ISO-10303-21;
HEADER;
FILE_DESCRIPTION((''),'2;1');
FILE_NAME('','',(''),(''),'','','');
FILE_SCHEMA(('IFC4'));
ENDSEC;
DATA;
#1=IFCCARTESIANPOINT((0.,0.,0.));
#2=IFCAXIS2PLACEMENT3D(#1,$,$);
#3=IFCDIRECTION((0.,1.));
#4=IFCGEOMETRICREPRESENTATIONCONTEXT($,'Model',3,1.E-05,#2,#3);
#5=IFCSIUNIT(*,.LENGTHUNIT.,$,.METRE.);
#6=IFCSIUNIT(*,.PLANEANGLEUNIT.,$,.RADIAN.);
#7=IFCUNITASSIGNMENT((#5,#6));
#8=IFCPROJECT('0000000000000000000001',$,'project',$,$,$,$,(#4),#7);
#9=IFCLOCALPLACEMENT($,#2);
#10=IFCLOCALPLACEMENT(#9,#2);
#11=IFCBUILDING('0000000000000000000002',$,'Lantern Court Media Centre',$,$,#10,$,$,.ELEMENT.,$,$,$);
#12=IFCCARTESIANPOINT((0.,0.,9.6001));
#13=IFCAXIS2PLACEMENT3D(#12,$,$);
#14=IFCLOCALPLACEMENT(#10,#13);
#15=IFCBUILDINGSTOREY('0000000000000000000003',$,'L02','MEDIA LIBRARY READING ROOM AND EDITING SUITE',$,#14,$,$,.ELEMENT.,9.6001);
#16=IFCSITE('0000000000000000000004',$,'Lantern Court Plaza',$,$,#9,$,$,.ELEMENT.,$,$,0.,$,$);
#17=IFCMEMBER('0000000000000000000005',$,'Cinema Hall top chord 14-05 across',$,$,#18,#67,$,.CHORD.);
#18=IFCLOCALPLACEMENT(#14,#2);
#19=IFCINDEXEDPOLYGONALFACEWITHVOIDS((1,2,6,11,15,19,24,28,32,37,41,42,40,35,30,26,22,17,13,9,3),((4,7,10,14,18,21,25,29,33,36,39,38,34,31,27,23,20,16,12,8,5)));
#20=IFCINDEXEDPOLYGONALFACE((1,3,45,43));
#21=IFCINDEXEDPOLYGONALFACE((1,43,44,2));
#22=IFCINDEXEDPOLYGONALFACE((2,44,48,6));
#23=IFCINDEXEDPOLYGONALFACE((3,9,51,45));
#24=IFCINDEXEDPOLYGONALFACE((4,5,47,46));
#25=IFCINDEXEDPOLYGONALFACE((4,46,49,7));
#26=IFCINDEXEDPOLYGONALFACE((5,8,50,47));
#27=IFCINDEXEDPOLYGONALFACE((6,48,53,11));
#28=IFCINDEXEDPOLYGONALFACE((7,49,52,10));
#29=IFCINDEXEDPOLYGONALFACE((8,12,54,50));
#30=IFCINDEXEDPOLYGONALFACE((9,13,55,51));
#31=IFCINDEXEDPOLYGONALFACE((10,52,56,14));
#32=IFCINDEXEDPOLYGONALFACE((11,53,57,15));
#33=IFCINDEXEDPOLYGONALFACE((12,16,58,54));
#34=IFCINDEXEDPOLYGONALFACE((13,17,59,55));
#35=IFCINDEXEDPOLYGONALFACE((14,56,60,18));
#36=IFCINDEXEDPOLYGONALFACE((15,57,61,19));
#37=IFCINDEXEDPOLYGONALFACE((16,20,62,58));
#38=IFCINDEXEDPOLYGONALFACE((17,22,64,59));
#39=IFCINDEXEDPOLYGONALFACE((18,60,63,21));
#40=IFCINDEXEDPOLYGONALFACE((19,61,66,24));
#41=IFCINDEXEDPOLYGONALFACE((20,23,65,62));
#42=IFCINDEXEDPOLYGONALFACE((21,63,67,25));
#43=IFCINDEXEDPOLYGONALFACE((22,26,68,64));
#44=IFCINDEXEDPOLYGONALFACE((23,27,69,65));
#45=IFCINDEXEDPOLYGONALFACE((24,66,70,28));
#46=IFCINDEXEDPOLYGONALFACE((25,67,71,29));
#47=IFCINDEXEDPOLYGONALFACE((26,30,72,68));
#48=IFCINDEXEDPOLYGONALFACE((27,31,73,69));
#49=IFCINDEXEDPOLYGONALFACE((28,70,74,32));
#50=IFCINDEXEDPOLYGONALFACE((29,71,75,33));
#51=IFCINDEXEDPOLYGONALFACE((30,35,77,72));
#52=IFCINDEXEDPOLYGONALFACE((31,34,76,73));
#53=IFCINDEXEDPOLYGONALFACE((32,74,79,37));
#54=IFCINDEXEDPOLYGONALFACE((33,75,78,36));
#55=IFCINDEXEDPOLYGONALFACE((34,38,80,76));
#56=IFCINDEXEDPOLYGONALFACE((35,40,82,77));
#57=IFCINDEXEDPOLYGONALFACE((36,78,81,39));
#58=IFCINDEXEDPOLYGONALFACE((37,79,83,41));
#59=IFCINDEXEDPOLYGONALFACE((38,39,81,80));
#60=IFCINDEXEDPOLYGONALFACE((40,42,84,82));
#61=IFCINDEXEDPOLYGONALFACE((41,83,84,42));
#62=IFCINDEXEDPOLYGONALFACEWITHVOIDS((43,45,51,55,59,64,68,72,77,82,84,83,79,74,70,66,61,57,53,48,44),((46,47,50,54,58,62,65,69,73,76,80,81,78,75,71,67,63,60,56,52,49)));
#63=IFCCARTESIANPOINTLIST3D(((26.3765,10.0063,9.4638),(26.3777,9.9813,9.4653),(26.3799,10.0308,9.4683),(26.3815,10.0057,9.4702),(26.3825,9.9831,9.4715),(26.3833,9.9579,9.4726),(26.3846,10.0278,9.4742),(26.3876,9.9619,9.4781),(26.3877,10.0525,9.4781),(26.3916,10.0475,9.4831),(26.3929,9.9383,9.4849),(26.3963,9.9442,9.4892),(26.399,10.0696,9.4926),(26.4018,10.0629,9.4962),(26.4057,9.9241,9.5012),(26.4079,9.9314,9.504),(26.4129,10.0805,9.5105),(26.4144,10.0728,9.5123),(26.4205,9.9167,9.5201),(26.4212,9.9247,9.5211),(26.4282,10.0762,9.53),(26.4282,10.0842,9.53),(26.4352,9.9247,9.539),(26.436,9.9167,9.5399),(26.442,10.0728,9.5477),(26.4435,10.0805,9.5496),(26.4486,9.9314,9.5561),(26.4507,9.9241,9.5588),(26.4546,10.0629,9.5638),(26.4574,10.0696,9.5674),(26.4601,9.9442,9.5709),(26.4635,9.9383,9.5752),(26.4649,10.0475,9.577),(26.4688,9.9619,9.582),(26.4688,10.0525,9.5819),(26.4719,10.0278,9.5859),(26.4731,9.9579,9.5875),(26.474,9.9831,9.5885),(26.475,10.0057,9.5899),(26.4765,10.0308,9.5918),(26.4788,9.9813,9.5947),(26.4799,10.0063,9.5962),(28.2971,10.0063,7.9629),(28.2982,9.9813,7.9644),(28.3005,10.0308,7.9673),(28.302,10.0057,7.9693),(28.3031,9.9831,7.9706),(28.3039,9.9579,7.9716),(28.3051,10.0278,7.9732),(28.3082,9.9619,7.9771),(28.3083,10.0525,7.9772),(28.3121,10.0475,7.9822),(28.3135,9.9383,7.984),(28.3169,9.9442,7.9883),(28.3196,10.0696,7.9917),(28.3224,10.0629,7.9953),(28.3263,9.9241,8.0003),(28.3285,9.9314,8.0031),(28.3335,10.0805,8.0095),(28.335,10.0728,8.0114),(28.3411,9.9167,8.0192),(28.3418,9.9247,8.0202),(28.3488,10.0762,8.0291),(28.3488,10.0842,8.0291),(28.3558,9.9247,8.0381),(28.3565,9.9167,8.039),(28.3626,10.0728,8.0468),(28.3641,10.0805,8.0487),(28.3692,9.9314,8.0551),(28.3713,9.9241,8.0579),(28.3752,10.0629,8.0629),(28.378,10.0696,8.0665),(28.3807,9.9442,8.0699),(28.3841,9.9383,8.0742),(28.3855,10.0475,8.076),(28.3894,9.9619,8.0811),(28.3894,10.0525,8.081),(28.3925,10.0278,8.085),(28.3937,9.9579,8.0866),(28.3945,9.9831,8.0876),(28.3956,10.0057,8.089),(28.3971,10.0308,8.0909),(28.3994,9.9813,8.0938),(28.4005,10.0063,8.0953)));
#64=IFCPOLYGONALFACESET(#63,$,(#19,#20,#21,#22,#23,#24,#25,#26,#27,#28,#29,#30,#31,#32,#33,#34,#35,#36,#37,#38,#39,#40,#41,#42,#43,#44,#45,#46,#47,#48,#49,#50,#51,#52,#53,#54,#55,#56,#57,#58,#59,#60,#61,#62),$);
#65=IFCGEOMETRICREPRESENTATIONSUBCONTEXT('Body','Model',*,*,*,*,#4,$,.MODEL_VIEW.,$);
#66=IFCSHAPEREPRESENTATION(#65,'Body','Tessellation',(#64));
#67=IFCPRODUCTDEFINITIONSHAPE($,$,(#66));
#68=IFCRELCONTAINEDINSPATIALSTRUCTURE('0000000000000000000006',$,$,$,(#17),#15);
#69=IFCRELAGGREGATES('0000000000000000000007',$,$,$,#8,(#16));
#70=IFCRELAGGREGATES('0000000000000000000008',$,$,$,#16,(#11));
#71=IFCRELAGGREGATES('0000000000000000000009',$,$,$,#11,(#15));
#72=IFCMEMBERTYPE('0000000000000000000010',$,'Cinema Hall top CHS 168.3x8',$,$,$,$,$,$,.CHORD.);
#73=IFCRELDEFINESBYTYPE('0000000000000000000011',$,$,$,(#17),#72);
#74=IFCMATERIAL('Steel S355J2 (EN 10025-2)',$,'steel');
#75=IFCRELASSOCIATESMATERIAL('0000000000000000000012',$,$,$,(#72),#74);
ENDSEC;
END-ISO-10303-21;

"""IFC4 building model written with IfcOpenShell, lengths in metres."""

from ifc_helpers import new_model, si_unit, direction, frame, origin, origin_2d, place, context, subcontext, project, spatial, hollow_circle, extrude, material, material_profile, profile_set, type_object, element, save


model = new_model("IFC4")

# Units and contexts
model_context = context("Model", 3, precision=1e-05, world=origin(), true_north=direction((0.0, 1.0)))
body_context = subcontext(model_context, "Body", "Model", "MODEL_VIEW")
ifc_project = project(units=[si_unit("LENGTHUNIT", "METRE"), si_unit("PLANEANGLEUNIT", "RADIAN")], contexts=[model_context])

# Site, building, storey
site_placement = place(None, origin())
site = spatial("IfcSite", under=ifc_project, at=site_placement, Name="Lantern Court Plaza", CompositionType="ELEMENT", RefElevation=0.0)
building_placement = place(site_placement, origin())
building = spatial("IfcBuilding", under=site, at=building_placement, Name="Lantern Court Media Centre", CompositionType="ELEMENT")
storey_placement = place(building_placement, frame((0.0, 0.0, 9.6001)))
storey = spatial("IfcBuildingStorey", under=building, at=storey_placement, Name="L02", Description="MEDIA LIBRARY READING ROOM AND EDITING SUITE", CompositionType="ELEMENT", Elevation=9.6001)

# Member
ifc_material = material(Name="Steel S355J2 (EN 10025-2)", Category="steel")
ifc_material_profile_1 = material_profile(ifc_material, hollow_circle(Radius=0.0842, WallThickness=0.0081, at=origin_2d()), Name="Cinema Hall top CHS 168.3x8")
ifc_profile_set_1 = profile_set([ifc_material_profile_1], Name="Steel S355J2 (EN 10025-2)")
member_type_1 = type_object("IfcMemberType", Name="Cinema Hall top CHS 168.3x8", PredefinedType="CHORD", material=ifc_profile_set_1)
member_1_placement = place(storey_placement, frame((26.4282, 10.0, 9.53), z_axis=(0.787932, 0.0, -0.615763), x_axis=(0.0, 1.0, 0.0)))
element("IfcMember", 1, at=member_1_placement, inside=storey, type_object=member_type_1, Name="Cinema Hall top chord 14-05 across", PredefinedType="CHORD", context=body_context, shape_type="SweptSolid", body=[
    extrude(hollow_circle(Radius=0.0842, WallThickness=0.0081, at=origin_2d()), origin(), (0.0, 0.0, 1.0), 2.4375),
])

save(model, "model.ifc")
